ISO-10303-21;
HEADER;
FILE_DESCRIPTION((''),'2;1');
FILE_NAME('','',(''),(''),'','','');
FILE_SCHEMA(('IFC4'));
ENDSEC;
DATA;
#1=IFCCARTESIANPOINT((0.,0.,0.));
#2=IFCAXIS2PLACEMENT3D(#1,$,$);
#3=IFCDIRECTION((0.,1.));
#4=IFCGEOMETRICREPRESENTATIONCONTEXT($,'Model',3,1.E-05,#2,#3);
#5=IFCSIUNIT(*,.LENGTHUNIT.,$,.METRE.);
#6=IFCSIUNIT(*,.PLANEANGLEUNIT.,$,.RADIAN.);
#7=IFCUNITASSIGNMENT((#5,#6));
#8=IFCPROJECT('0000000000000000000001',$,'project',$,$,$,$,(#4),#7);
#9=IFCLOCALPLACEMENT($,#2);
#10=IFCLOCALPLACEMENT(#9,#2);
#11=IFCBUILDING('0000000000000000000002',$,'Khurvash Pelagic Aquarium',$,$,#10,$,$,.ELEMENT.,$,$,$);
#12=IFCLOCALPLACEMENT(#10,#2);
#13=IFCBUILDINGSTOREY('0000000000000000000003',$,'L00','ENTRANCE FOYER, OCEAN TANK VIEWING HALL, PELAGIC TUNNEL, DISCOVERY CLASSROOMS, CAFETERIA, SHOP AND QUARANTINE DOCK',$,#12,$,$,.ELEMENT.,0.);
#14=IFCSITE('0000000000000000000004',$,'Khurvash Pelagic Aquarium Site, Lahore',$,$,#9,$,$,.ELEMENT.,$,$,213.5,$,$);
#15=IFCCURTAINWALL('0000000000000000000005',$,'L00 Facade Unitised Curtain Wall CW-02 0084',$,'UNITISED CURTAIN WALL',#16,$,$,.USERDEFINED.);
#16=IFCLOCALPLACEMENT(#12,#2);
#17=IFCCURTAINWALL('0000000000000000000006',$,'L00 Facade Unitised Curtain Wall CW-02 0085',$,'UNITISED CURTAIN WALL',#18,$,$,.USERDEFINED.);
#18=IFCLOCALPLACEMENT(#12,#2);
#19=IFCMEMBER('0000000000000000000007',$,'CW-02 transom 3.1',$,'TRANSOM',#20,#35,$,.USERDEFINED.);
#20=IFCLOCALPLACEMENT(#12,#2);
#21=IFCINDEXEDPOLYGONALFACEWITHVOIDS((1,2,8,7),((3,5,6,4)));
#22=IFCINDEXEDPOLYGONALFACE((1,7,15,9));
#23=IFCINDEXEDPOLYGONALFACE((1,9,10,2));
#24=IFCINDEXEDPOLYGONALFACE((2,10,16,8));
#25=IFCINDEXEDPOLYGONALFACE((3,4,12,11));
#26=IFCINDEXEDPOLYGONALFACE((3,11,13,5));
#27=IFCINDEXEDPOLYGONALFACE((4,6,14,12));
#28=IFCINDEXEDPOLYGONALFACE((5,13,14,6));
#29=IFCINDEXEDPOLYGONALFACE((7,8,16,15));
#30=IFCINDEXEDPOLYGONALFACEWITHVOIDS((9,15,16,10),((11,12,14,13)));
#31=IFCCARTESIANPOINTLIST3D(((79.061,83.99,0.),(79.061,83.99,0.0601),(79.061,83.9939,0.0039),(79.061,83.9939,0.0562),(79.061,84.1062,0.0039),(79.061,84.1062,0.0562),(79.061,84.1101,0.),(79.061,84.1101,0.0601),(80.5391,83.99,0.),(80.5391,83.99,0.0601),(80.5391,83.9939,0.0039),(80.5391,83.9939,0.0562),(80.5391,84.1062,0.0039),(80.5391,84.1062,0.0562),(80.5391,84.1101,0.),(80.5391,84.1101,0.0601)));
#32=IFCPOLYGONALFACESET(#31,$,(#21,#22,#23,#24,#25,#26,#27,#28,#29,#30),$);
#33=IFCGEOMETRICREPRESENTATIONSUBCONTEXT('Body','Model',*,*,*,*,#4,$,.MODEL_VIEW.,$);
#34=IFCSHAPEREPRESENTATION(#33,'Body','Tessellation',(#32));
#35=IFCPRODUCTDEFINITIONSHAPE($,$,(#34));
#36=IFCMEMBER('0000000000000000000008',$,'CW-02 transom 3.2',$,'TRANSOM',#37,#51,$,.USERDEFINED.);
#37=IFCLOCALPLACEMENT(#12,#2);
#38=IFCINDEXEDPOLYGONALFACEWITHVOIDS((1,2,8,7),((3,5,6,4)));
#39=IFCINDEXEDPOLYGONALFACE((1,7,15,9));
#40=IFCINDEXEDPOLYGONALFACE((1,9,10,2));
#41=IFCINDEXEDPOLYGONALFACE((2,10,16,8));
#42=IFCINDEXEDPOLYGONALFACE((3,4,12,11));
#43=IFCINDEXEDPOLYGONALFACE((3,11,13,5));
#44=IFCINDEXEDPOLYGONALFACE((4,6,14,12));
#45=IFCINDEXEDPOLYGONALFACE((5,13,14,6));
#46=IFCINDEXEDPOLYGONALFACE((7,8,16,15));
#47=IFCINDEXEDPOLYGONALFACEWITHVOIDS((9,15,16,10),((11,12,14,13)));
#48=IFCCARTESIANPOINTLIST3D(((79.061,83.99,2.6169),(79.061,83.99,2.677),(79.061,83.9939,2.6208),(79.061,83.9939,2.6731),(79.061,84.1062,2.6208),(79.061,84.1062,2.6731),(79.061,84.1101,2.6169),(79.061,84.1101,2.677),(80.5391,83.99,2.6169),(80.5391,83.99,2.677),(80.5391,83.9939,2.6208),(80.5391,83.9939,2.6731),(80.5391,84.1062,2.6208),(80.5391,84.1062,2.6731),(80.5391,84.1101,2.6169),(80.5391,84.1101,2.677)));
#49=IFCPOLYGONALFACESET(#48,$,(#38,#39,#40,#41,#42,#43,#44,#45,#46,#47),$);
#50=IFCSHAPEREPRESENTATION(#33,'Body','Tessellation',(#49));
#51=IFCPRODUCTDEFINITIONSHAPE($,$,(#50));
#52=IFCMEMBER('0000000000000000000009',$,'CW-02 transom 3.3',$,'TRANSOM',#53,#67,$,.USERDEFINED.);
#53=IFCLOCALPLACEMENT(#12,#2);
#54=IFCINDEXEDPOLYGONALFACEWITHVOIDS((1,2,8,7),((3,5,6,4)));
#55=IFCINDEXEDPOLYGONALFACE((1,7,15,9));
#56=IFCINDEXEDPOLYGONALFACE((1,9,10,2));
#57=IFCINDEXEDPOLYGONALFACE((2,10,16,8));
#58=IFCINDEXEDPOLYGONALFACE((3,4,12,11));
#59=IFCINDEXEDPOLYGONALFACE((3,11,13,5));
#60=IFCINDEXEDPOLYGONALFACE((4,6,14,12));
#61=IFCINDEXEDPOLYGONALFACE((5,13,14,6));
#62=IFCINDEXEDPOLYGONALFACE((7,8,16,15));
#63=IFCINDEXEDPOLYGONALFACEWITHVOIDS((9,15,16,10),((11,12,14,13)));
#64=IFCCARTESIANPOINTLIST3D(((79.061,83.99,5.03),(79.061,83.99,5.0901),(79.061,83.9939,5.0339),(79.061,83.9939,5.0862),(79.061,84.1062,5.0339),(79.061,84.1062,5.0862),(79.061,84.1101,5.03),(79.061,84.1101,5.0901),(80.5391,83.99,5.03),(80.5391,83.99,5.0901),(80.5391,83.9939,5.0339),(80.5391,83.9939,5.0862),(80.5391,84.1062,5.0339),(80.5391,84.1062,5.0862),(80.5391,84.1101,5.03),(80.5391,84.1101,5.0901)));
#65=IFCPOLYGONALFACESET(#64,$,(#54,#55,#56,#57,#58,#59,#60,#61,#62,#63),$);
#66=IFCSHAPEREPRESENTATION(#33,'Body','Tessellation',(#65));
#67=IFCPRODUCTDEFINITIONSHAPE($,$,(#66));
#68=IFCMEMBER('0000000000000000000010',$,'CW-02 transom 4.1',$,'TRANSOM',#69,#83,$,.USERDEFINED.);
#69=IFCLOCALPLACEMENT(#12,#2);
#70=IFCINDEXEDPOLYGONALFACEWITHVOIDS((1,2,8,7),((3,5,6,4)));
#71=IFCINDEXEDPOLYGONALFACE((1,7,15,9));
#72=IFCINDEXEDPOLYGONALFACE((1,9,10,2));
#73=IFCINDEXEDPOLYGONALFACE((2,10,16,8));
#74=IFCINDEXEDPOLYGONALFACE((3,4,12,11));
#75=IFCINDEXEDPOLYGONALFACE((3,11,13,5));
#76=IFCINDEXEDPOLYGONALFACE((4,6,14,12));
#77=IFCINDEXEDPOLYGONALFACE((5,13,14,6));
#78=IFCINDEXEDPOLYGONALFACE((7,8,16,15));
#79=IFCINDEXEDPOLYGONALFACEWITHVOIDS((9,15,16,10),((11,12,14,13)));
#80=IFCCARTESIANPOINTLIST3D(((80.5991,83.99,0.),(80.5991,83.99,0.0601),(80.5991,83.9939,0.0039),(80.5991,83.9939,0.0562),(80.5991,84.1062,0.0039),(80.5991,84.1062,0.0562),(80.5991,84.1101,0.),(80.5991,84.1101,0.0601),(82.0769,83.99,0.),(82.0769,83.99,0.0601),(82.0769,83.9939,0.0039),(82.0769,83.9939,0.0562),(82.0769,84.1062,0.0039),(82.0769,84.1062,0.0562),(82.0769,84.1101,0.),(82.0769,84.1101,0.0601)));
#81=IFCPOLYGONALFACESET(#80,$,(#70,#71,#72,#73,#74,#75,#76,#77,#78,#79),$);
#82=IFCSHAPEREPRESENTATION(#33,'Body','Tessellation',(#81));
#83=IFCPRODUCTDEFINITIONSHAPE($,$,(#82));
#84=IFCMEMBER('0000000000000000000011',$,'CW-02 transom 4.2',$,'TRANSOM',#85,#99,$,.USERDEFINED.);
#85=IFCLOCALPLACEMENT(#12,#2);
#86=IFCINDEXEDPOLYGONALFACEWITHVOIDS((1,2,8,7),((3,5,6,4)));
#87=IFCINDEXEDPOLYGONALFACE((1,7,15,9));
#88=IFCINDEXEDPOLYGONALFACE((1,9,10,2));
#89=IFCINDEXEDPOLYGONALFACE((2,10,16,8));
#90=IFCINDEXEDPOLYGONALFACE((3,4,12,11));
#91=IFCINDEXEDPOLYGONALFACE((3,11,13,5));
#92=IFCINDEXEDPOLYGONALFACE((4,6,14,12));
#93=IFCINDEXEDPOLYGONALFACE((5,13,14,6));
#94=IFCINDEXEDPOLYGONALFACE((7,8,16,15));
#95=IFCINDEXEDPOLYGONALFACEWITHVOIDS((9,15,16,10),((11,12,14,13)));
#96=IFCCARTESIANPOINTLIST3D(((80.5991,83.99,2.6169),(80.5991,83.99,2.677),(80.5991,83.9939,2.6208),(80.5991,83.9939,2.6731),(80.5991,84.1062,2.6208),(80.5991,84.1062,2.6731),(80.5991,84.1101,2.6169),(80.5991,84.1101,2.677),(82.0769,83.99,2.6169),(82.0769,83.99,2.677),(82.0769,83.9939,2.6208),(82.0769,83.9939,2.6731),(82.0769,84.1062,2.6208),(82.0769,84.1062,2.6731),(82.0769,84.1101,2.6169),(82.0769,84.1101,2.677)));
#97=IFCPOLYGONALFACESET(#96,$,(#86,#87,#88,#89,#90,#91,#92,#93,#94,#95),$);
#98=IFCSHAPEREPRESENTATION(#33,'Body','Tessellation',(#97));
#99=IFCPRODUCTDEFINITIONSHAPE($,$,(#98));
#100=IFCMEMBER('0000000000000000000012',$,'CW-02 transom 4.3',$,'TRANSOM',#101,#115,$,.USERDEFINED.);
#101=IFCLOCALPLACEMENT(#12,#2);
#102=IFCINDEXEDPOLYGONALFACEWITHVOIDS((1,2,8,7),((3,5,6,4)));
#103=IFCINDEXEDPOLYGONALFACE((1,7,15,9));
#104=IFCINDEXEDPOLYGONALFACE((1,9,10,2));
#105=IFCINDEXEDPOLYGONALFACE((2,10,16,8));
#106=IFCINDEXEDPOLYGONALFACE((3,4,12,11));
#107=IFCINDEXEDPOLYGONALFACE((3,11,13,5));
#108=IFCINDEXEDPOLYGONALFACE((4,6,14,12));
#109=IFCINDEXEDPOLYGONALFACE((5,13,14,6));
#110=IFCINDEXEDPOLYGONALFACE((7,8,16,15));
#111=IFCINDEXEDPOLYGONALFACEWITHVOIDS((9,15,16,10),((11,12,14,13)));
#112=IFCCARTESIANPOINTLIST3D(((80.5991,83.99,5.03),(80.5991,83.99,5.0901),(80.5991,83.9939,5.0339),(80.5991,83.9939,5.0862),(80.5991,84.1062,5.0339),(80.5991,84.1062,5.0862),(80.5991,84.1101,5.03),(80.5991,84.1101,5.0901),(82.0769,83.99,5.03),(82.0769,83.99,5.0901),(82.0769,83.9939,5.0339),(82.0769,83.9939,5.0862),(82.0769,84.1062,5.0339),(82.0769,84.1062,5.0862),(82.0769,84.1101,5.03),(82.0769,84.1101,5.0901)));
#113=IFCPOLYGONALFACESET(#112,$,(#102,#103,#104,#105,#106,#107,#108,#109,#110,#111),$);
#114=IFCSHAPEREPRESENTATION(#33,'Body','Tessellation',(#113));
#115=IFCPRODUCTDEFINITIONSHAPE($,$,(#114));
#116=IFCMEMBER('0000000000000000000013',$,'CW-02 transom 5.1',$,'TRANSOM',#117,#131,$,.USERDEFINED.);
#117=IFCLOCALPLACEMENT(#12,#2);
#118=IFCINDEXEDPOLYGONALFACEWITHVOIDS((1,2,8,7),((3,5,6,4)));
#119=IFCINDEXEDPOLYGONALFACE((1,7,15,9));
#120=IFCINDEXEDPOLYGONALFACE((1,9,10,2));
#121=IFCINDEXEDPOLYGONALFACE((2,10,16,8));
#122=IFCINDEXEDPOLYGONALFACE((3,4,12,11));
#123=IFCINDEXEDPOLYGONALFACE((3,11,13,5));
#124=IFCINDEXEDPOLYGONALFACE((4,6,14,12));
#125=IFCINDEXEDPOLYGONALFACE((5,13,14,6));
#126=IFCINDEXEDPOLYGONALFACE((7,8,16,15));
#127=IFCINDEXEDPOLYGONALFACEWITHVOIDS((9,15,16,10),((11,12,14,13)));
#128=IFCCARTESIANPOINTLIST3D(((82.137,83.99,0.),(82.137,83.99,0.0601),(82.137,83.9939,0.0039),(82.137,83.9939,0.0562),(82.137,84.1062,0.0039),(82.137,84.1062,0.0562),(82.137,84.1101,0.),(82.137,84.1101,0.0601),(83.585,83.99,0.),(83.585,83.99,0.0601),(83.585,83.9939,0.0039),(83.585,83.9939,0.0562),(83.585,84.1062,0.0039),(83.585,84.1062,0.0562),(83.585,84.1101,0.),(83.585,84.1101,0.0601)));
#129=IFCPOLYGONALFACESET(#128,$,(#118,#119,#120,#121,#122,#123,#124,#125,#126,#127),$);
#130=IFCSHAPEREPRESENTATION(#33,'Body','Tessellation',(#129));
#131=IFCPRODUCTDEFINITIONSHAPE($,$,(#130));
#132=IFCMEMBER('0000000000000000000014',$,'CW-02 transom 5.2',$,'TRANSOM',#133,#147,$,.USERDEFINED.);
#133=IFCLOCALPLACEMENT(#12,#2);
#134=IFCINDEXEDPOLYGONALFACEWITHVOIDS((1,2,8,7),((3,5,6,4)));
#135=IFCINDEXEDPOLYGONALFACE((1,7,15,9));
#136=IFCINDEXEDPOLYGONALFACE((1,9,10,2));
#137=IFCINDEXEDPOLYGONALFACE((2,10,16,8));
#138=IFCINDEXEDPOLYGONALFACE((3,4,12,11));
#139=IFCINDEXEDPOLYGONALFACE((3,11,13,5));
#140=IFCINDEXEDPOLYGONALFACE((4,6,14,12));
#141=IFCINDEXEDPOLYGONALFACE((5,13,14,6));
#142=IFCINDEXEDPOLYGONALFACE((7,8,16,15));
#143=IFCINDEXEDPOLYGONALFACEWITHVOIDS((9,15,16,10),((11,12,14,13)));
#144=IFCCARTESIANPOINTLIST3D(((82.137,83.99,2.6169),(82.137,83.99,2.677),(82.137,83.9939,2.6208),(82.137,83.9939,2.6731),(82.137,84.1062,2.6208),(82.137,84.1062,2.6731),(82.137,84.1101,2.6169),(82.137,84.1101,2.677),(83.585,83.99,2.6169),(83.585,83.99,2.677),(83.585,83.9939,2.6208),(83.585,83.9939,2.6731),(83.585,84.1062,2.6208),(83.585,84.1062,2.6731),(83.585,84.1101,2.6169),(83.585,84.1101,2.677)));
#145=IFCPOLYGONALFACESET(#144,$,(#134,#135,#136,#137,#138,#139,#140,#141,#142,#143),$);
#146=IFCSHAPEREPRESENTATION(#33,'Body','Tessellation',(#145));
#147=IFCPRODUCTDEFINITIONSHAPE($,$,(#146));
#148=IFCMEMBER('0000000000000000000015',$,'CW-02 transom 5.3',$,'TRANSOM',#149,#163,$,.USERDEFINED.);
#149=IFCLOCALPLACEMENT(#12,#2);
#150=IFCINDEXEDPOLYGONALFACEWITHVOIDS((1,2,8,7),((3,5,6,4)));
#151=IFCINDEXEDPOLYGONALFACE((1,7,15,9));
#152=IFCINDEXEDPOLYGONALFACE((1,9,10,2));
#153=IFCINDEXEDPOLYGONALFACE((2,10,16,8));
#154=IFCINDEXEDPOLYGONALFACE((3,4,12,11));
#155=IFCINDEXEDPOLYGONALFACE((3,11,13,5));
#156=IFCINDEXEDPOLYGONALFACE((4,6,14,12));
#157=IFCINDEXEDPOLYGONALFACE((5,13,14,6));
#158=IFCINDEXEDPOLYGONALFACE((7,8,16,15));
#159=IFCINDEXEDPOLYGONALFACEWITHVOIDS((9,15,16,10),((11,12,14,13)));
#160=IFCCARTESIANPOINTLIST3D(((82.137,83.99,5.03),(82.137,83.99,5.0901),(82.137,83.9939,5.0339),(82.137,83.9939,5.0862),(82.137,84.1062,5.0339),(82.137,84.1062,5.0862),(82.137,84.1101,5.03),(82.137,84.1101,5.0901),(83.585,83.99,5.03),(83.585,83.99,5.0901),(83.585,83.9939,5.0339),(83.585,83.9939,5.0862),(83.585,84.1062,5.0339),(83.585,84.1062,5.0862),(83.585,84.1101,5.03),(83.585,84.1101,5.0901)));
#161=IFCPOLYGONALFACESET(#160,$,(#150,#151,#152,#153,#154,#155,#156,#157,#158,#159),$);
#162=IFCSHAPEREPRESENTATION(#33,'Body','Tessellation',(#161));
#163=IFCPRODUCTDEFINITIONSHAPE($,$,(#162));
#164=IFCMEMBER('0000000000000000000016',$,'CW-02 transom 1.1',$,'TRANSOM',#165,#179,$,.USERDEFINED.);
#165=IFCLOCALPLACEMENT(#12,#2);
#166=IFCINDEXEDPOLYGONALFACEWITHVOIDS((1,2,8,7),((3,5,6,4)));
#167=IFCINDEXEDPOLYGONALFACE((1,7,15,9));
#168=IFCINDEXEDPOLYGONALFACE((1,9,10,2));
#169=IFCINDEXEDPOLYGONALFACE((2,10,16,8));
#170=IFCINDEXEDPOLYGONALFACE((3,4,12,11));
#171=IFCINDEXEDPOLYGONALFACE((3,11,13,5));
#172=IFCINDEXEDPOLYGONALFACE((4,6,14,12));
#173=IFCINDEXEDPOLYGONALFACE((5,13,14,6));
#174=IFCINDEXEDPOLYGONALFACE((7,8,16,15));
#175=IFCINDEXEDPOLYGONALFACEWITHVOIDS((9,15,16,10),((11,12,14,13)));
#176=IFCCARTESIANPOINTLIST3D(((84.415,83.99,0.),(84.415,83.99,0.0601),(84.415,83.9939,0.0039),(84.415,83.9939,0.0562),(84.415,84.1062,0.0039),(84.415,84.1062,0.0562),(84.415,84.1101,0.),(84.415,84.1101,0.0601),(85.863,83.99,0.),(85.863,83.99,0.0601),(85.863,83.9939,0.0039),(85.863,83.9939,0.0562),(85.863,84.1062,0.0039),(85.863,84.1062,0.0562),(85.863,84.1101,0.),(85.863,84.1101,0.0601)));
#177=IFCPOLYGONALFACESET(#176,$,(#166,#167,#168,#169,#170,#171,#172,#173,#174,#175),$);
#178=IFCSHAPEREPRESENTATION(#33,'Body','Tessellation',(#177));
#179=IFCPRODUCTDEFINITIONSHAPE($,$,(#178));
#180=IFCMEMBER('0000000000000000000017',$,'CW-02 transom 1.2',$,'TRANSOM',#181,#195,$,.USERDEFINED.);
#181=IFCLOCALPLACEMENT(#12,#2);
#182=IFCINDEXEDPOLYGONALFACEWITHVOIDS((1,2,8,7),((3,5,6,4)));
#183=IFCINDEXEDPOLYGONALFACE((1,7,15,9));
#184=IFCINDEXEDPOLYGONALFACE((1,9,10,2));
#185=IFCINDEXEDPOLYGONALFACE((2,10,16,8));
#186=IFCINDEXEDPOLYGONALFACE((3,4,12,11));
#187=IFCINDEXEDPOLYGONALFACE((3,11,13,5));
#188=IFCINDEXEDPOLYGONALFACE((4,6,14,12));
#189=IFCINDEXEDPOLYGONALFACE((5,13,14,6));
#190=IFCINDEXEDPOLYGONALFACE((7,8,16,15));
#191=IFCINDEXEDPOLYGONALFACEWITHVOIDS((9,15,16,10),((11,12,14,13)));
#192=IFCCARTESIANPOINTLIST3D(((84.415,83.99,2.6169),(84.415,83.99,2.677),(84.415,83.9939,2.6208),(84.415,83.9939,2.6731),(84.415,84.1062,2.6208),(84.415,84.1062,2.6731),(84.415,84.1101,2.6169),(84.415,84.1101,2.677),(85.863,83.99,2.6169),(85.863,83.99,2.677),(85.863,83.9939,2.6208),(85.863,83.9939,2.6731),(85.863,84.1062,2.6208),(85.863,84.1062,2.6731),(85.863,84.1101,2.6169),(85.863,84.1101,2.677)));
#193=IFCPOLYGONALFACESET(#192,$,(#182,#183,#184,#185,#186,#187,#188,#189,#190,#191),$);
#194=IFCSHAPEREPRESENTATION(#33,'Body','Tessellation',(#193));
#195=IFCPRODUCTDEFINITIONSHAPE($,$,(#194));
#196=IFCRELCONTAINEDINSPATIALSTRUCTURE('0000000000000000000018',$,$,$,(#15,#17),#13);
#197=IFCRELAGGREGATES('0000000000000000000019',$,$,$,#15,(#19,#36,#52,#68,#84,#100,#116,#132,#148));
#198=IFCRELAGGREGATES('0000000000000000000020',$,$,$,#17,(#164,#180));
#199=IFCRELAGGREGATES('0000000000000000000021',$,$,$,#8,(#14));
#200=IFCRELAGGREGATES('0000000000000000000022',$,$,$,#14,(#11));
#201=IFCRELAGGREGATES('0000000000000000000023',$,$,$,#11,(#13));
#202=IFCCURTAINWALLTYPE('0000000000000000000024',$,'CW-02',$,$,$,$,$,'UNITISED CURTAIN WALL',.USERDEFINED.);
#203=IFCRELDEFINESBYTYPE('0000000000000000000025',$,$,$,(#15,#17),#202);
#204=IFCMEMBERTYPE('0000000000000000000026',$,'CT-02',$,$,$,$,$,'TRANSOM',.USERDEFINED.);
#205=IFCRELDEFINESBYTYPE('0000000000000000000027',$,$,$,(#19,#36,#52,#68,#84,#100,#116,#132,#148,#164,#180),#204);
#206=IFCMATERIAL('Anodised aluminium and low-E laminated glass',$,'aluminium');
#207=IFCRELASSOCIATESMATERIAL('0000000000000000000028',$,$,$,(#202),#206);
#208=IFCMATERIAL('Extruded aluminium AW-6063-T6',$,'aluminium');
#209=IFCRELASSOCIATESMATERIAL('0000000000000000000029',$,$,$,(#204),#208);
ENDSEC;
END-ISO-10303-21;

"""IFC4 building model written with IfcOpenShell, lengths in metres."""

from ifc_helpers import new_model, si_unit, direction, frame, origin, origin_2d, place, context, subcontext, project, spatial, hollow_rectangle, extrude, material, material_profile, profile_set, type_object, element, aggregate, save


model = new_model("IFC4")

# Units and contexts
model_context = context("Model", 3, precision=1e-05, world=origin(), true_north=direction((0.0, 1.0)))
body_context = subcontext(model_context, "Body", "Model", "MODEL_VIEW")
ifc_project = project(units=[si_unit("LENGTHUNIT", "METRE"), si_unit("PLANEANGLEUNIT", "RADIAN")], contexts=[model_context])

# Site, building, storey
site_placement = place(None, origin())
site = spatial("IfcSite", under=ifc_project, at=site_placement, Name="Khurvash Pelagic Aquarium Site, Lahore", CompositionType="ELEMENT", RefElevation=213.5)
building_placement = place(site_placement, origin())
building = spatial("IfcBuilding", under=site, at=building_placement, Name="Khurvash Pelagic Aquarium", CompositionType="ELEMENT")
storey_placement = place(building_placement, origin())
storey = spatial("IfcBuildingStorey", under=building, at=storey_placement, Name="L00", Description="ENTRANCE FOYER, OCEAN TANK VIEWING HALL, PELAGIC TUNNEL, DISCOVERY CLASSROOMS, CAFETERIA, SHOP AND QUARANTINE DOCK", CompositionType="ELEMENT", Elevation=0.0)

# Curtain walls
ifc_material_1 = material(Name="Anodised aluminium and low-E laminated glass", Category="aluminium")
curtain_wall_type = type_object("IfcCurtainWallType", Name="CW-02", ElementType="UNITISED CURTAIN WALL", PredefinedType="USERDEFINED", material=ifc_material_1)
curtain_wall_1_placement = place(storey_placement, origin())
curtain_wall_1 = element("IfcCurtainWall", 1, at=curtain_wall_1_placement, inside=storey, type_object=curtain_wall_type, Name="L00 Facade Unitised Curtain Wall CW-02 0084", ObjectType="UNITISED CURTAIN WALL", PredefinedType="USERDEFINED")
ifc_material_2 = material(Name="Extruded aluminium AW-6063-T6", Category="aluminium")
curtain_wall_2_placement = place(storey_placement, origin())
curtain_wall_2 = element("IfcCurtainWall", 2, at=curtain_wall_2_placement, inside=storey, type_object=curtain_wall_type, Name="L00 Facade Unitised Curtain Wall CW-02 0085", ObjectType="UNITISED CURTAIN WALL", PredefinedType="USERDEFINED")

# Members
ifc_material_profile_1 = material_profile(ifc_material_2, hollow_rectangle(XDim=0.1201, YDim=0.0601, WallThickness=0.0039, at=origin_2d()), Name="CWT120X60X4")
ifc_profile_set_1 = profile_set([ifc_material_profile_1], Name="Extruded aluminium AW-6063-T6")
member_type_1 = type_object("IfcMemberType", Name="CT-02", ElementType="TRANSOM", PredefinedType="USERDEFINED", material=ifc_profile_set_1)
member_1_placement = place(storey_placement, frame((79.061, 84.05, 0.03), z_axis=(1.0, 0.0, 0.0), x_axis=(0.0, 1.0, 0.0)))
member_1 = element("IfcMember", 3, at=member_1_placement, type_object=member_type_1, Name="CW-02 transom 3.1", ObjectType="TRANSOM", PredefinedType="USERDEFINED", context=body_context, shape_type="SweptSolid", body=[
    extrude(hollow_rectangle(XDim=0.1201, YDim=0.0601, WallThickness=0.0039, at=origin_2d()), origin(), (0.0, 0.0, 1.0), 1.478),
])
member_2_placement = place(storey_placement, frame((79.061, 84.05, 2.647), z_axis=(1.0, 0.0, 0.0), x_axis=(0.0, 1.0, 0.0)))
member_2 = element("IfcMember", 4, at=member_2_placement, type_object=member_type_1, Name="CW-02 transom 3.2", ObjectType="TRANSOM", PredefinedType="USERDEFINED", context=body_context, shape_type="SweptSolid", body=[
    extrude(hollow_rectangle(XDim=0.1201, YDim=0.0601, WallThickness=0.0039, at=origin_2d()), origin(), (0.0, 0.0, 1.0), 1.478),
])
member_3_placement = place(storey_placement, frame((79.061, 84.05, 5.0601), z_axis=(1.0, 0.0, 0.0), x_axis=(0.0, 1.0, 0.0)))
member_3 = element("IfcMember", 5, at=member_3_placement, type_object=member_type_1, Name="CW-02 transom 3.3", ObjectType="TRANSOM", PredefinedType="USERDEFINED", context=body_context, shape_type="SweptSolid", body=[
    extrude(hollow_rectangle(XDim=0.1201, YDim=0.0601, WallThickness=0.0039, at=origin_2d()), origin(), (0.0, 0.0, 1.0), 1.478),
])
member_4_placement = place(storey_placement, frame((80.5991, 84.05, 0.03), z_axis=(1.0, 0.0, 0.0), x_axis=(0.0, 1.0, 0.0)))
member_4 = element("IfcMember", 6, at=member_4_placement, type_object=member_type_1, Name="CW-02 transom 4.1", ObjectType="TRANSOM", PredefinedType="USERDEFINED", context=body_context, shape_type="SweptSolid", body=[
    extrude(hollow_rectangle(XDim=0.1201, YDim=0.0601, WallThickness=0.0039, at=origin_2d()), origin(), (0.0, 0.0, 1.0), 1.4778),
])
member_5_placement = place(storey_placement, frame((80.5991, 84.05, 2.647), z_axis=(1.0, 0.0, 0.0), x_axis=(0.0, 1.0, 0.0)))
member_5 = element("IfcMember", 7, at=member_5_placement, type_object=member_type_1, Name="CW-02 transom 4.2", ObjectType="TRANSOM", PredefinedType="USERDEFINED", context=body_context, shape_type="SweptSolid", body=[
    extrude(hollow_rectangle(XDim=0.1201, YDim=0.0601, WallThickness=0.0039, at=origin_2d()), origin(), (0.0, 0.0, 1.0), 1.4778),
])
member_6_placement = place(storey_placement, frame((80.5991, 84.05, 5.0601), z_axis=(1.0, 0.0, 0.0), x_axis=(0.0, 1.0, 0.0)))
member_6 = element("IfcMember", 8, at=member_6_placement, type_object=member_type_1, Name="CW-02 transom 4.3", ObjectType="TRANSOM", PredefinedType="USERDEFINED", context=body_context, shape_type="SweptSolid", body=[
    extrude(hollow_rectangle(XDim=0.1201, YDim=0.0601, WallThickness=0.0039, at=origin_2d()), origin(), (0.0, 0.0, 1.0), 1.4778),
])
member_7_placement = place(storey_placement, frame((82.137, 84.05, 0.03), z_axis=(1.0, 0.0, 0.0), x_axis=(0.0, 1.0, 0.0)))
member_7 = element("IfcMember", 9, at=member_7_placement, type_object=member_type_1, Name="CW-02 transom 5.1", ObjectType="TRANSOM", PredefinedType="USERDEFINED", context=body_context, shape_type="SweptSolid", body=[
    extrude(hollow_rectangle(XDim=0.1201, YDim=0.0601, WallThickness=0.0039, at=origin_2d()), origin(), (0.0, 0.0, 1.0), 1.448),
])
member_8_placement = place(storey_placement, frame((82.137, 84.05, 2.647), z_axis=(1.0, 0.0, 0.0), x_axis=(0.0, 1.0, 0.0)))
member_8 = element("IfcMember", 10, at=member_8_placement, type_object=member_type_1, Name="CW-02 transom 5.2", ObjectType="TRANSOM", PredefinedType="USERDEFINED", context=body_context, shape_type="SweptSolid", body=[
    extrude(hollow_rectangle(XDim=0.1201, YDim=0.0601, WallThickness=0.0039, at=origin_2d()), origin(), (0.0, 0.0, 1.0), 1.448),
])
member_9_placement = place(storey_placement, frame((82.137, 84.05, 5.0601), z_axis=(1.0, 0.0, 0.0), x_axis=(0.0, 1.0, 0.0)))
member_9 = element("IfcMember", 11, at=member_9_placement, type_object=member_type_1, Name="CW-02 transom 5.3", ObjectType="TRANSOM", PredefinedType="USERDEFINED", context=body_context, shape_type="SweptSolid", body=[
    extrude(hollow_rectangle(XDim=0.1201, YDim=0.0601, WallThickness=0.0039, at=origin_2d()), origin(), (0.0, 0.0, 1.0), 1.448),
])
member_10_placement = place(storey_placement, frame((84.415, 84.05, 0.03), z_axis=(1.0, 0.0, 0.0), x_axis=(0.0, 1.0, 0.0)))
member_10 = element("IfcMember", 12, at=member_10_placement, type_object=member_type_1, Name="CW-02 transom 1.1", ObjectType="TRANSOM", PredefinedType="USERDEFINED", context=body_context, shape_type="SweptSolid", body=[
    extrude(hollow_rectangle(XDim=0.1201, YDim=0.0601, WallThickness=0.0039, at=origin_2d()), origin(), (0.0, 0.0, 1.0), 1.448),
])
member_11_placement = place(storey_placement, frame((84.415, 84.05, 2.647), z_axis=(1.0, 0.0, 0.0), x_axis=(0.0, 1.0, 0.0)))
member_11 = element("IfcMember", 13, at=member_11_placement, type_object=member_type_1, Name="CW-02 transom 1.2", ObjectType="TRANSOM", PredefinedType="USERDEFINED", context=body_context, shape_type="SweptSolid", body=[
    extrude(hollow_rectangle(XDim=0.1201, YDim=0.0601, WallThickness=0.0039, at=origin_2d()), origin(), (0.0, 0.0, 1.0), 1.448),
])

aggregate(curtain_wall_1, [member_1, member_2, member_3, member_4, member_5, member_6, member_7, member_8, member_9])
aggregate(curtain_wall_2, [member_10, member_11])

save(model, "model.ifc")
